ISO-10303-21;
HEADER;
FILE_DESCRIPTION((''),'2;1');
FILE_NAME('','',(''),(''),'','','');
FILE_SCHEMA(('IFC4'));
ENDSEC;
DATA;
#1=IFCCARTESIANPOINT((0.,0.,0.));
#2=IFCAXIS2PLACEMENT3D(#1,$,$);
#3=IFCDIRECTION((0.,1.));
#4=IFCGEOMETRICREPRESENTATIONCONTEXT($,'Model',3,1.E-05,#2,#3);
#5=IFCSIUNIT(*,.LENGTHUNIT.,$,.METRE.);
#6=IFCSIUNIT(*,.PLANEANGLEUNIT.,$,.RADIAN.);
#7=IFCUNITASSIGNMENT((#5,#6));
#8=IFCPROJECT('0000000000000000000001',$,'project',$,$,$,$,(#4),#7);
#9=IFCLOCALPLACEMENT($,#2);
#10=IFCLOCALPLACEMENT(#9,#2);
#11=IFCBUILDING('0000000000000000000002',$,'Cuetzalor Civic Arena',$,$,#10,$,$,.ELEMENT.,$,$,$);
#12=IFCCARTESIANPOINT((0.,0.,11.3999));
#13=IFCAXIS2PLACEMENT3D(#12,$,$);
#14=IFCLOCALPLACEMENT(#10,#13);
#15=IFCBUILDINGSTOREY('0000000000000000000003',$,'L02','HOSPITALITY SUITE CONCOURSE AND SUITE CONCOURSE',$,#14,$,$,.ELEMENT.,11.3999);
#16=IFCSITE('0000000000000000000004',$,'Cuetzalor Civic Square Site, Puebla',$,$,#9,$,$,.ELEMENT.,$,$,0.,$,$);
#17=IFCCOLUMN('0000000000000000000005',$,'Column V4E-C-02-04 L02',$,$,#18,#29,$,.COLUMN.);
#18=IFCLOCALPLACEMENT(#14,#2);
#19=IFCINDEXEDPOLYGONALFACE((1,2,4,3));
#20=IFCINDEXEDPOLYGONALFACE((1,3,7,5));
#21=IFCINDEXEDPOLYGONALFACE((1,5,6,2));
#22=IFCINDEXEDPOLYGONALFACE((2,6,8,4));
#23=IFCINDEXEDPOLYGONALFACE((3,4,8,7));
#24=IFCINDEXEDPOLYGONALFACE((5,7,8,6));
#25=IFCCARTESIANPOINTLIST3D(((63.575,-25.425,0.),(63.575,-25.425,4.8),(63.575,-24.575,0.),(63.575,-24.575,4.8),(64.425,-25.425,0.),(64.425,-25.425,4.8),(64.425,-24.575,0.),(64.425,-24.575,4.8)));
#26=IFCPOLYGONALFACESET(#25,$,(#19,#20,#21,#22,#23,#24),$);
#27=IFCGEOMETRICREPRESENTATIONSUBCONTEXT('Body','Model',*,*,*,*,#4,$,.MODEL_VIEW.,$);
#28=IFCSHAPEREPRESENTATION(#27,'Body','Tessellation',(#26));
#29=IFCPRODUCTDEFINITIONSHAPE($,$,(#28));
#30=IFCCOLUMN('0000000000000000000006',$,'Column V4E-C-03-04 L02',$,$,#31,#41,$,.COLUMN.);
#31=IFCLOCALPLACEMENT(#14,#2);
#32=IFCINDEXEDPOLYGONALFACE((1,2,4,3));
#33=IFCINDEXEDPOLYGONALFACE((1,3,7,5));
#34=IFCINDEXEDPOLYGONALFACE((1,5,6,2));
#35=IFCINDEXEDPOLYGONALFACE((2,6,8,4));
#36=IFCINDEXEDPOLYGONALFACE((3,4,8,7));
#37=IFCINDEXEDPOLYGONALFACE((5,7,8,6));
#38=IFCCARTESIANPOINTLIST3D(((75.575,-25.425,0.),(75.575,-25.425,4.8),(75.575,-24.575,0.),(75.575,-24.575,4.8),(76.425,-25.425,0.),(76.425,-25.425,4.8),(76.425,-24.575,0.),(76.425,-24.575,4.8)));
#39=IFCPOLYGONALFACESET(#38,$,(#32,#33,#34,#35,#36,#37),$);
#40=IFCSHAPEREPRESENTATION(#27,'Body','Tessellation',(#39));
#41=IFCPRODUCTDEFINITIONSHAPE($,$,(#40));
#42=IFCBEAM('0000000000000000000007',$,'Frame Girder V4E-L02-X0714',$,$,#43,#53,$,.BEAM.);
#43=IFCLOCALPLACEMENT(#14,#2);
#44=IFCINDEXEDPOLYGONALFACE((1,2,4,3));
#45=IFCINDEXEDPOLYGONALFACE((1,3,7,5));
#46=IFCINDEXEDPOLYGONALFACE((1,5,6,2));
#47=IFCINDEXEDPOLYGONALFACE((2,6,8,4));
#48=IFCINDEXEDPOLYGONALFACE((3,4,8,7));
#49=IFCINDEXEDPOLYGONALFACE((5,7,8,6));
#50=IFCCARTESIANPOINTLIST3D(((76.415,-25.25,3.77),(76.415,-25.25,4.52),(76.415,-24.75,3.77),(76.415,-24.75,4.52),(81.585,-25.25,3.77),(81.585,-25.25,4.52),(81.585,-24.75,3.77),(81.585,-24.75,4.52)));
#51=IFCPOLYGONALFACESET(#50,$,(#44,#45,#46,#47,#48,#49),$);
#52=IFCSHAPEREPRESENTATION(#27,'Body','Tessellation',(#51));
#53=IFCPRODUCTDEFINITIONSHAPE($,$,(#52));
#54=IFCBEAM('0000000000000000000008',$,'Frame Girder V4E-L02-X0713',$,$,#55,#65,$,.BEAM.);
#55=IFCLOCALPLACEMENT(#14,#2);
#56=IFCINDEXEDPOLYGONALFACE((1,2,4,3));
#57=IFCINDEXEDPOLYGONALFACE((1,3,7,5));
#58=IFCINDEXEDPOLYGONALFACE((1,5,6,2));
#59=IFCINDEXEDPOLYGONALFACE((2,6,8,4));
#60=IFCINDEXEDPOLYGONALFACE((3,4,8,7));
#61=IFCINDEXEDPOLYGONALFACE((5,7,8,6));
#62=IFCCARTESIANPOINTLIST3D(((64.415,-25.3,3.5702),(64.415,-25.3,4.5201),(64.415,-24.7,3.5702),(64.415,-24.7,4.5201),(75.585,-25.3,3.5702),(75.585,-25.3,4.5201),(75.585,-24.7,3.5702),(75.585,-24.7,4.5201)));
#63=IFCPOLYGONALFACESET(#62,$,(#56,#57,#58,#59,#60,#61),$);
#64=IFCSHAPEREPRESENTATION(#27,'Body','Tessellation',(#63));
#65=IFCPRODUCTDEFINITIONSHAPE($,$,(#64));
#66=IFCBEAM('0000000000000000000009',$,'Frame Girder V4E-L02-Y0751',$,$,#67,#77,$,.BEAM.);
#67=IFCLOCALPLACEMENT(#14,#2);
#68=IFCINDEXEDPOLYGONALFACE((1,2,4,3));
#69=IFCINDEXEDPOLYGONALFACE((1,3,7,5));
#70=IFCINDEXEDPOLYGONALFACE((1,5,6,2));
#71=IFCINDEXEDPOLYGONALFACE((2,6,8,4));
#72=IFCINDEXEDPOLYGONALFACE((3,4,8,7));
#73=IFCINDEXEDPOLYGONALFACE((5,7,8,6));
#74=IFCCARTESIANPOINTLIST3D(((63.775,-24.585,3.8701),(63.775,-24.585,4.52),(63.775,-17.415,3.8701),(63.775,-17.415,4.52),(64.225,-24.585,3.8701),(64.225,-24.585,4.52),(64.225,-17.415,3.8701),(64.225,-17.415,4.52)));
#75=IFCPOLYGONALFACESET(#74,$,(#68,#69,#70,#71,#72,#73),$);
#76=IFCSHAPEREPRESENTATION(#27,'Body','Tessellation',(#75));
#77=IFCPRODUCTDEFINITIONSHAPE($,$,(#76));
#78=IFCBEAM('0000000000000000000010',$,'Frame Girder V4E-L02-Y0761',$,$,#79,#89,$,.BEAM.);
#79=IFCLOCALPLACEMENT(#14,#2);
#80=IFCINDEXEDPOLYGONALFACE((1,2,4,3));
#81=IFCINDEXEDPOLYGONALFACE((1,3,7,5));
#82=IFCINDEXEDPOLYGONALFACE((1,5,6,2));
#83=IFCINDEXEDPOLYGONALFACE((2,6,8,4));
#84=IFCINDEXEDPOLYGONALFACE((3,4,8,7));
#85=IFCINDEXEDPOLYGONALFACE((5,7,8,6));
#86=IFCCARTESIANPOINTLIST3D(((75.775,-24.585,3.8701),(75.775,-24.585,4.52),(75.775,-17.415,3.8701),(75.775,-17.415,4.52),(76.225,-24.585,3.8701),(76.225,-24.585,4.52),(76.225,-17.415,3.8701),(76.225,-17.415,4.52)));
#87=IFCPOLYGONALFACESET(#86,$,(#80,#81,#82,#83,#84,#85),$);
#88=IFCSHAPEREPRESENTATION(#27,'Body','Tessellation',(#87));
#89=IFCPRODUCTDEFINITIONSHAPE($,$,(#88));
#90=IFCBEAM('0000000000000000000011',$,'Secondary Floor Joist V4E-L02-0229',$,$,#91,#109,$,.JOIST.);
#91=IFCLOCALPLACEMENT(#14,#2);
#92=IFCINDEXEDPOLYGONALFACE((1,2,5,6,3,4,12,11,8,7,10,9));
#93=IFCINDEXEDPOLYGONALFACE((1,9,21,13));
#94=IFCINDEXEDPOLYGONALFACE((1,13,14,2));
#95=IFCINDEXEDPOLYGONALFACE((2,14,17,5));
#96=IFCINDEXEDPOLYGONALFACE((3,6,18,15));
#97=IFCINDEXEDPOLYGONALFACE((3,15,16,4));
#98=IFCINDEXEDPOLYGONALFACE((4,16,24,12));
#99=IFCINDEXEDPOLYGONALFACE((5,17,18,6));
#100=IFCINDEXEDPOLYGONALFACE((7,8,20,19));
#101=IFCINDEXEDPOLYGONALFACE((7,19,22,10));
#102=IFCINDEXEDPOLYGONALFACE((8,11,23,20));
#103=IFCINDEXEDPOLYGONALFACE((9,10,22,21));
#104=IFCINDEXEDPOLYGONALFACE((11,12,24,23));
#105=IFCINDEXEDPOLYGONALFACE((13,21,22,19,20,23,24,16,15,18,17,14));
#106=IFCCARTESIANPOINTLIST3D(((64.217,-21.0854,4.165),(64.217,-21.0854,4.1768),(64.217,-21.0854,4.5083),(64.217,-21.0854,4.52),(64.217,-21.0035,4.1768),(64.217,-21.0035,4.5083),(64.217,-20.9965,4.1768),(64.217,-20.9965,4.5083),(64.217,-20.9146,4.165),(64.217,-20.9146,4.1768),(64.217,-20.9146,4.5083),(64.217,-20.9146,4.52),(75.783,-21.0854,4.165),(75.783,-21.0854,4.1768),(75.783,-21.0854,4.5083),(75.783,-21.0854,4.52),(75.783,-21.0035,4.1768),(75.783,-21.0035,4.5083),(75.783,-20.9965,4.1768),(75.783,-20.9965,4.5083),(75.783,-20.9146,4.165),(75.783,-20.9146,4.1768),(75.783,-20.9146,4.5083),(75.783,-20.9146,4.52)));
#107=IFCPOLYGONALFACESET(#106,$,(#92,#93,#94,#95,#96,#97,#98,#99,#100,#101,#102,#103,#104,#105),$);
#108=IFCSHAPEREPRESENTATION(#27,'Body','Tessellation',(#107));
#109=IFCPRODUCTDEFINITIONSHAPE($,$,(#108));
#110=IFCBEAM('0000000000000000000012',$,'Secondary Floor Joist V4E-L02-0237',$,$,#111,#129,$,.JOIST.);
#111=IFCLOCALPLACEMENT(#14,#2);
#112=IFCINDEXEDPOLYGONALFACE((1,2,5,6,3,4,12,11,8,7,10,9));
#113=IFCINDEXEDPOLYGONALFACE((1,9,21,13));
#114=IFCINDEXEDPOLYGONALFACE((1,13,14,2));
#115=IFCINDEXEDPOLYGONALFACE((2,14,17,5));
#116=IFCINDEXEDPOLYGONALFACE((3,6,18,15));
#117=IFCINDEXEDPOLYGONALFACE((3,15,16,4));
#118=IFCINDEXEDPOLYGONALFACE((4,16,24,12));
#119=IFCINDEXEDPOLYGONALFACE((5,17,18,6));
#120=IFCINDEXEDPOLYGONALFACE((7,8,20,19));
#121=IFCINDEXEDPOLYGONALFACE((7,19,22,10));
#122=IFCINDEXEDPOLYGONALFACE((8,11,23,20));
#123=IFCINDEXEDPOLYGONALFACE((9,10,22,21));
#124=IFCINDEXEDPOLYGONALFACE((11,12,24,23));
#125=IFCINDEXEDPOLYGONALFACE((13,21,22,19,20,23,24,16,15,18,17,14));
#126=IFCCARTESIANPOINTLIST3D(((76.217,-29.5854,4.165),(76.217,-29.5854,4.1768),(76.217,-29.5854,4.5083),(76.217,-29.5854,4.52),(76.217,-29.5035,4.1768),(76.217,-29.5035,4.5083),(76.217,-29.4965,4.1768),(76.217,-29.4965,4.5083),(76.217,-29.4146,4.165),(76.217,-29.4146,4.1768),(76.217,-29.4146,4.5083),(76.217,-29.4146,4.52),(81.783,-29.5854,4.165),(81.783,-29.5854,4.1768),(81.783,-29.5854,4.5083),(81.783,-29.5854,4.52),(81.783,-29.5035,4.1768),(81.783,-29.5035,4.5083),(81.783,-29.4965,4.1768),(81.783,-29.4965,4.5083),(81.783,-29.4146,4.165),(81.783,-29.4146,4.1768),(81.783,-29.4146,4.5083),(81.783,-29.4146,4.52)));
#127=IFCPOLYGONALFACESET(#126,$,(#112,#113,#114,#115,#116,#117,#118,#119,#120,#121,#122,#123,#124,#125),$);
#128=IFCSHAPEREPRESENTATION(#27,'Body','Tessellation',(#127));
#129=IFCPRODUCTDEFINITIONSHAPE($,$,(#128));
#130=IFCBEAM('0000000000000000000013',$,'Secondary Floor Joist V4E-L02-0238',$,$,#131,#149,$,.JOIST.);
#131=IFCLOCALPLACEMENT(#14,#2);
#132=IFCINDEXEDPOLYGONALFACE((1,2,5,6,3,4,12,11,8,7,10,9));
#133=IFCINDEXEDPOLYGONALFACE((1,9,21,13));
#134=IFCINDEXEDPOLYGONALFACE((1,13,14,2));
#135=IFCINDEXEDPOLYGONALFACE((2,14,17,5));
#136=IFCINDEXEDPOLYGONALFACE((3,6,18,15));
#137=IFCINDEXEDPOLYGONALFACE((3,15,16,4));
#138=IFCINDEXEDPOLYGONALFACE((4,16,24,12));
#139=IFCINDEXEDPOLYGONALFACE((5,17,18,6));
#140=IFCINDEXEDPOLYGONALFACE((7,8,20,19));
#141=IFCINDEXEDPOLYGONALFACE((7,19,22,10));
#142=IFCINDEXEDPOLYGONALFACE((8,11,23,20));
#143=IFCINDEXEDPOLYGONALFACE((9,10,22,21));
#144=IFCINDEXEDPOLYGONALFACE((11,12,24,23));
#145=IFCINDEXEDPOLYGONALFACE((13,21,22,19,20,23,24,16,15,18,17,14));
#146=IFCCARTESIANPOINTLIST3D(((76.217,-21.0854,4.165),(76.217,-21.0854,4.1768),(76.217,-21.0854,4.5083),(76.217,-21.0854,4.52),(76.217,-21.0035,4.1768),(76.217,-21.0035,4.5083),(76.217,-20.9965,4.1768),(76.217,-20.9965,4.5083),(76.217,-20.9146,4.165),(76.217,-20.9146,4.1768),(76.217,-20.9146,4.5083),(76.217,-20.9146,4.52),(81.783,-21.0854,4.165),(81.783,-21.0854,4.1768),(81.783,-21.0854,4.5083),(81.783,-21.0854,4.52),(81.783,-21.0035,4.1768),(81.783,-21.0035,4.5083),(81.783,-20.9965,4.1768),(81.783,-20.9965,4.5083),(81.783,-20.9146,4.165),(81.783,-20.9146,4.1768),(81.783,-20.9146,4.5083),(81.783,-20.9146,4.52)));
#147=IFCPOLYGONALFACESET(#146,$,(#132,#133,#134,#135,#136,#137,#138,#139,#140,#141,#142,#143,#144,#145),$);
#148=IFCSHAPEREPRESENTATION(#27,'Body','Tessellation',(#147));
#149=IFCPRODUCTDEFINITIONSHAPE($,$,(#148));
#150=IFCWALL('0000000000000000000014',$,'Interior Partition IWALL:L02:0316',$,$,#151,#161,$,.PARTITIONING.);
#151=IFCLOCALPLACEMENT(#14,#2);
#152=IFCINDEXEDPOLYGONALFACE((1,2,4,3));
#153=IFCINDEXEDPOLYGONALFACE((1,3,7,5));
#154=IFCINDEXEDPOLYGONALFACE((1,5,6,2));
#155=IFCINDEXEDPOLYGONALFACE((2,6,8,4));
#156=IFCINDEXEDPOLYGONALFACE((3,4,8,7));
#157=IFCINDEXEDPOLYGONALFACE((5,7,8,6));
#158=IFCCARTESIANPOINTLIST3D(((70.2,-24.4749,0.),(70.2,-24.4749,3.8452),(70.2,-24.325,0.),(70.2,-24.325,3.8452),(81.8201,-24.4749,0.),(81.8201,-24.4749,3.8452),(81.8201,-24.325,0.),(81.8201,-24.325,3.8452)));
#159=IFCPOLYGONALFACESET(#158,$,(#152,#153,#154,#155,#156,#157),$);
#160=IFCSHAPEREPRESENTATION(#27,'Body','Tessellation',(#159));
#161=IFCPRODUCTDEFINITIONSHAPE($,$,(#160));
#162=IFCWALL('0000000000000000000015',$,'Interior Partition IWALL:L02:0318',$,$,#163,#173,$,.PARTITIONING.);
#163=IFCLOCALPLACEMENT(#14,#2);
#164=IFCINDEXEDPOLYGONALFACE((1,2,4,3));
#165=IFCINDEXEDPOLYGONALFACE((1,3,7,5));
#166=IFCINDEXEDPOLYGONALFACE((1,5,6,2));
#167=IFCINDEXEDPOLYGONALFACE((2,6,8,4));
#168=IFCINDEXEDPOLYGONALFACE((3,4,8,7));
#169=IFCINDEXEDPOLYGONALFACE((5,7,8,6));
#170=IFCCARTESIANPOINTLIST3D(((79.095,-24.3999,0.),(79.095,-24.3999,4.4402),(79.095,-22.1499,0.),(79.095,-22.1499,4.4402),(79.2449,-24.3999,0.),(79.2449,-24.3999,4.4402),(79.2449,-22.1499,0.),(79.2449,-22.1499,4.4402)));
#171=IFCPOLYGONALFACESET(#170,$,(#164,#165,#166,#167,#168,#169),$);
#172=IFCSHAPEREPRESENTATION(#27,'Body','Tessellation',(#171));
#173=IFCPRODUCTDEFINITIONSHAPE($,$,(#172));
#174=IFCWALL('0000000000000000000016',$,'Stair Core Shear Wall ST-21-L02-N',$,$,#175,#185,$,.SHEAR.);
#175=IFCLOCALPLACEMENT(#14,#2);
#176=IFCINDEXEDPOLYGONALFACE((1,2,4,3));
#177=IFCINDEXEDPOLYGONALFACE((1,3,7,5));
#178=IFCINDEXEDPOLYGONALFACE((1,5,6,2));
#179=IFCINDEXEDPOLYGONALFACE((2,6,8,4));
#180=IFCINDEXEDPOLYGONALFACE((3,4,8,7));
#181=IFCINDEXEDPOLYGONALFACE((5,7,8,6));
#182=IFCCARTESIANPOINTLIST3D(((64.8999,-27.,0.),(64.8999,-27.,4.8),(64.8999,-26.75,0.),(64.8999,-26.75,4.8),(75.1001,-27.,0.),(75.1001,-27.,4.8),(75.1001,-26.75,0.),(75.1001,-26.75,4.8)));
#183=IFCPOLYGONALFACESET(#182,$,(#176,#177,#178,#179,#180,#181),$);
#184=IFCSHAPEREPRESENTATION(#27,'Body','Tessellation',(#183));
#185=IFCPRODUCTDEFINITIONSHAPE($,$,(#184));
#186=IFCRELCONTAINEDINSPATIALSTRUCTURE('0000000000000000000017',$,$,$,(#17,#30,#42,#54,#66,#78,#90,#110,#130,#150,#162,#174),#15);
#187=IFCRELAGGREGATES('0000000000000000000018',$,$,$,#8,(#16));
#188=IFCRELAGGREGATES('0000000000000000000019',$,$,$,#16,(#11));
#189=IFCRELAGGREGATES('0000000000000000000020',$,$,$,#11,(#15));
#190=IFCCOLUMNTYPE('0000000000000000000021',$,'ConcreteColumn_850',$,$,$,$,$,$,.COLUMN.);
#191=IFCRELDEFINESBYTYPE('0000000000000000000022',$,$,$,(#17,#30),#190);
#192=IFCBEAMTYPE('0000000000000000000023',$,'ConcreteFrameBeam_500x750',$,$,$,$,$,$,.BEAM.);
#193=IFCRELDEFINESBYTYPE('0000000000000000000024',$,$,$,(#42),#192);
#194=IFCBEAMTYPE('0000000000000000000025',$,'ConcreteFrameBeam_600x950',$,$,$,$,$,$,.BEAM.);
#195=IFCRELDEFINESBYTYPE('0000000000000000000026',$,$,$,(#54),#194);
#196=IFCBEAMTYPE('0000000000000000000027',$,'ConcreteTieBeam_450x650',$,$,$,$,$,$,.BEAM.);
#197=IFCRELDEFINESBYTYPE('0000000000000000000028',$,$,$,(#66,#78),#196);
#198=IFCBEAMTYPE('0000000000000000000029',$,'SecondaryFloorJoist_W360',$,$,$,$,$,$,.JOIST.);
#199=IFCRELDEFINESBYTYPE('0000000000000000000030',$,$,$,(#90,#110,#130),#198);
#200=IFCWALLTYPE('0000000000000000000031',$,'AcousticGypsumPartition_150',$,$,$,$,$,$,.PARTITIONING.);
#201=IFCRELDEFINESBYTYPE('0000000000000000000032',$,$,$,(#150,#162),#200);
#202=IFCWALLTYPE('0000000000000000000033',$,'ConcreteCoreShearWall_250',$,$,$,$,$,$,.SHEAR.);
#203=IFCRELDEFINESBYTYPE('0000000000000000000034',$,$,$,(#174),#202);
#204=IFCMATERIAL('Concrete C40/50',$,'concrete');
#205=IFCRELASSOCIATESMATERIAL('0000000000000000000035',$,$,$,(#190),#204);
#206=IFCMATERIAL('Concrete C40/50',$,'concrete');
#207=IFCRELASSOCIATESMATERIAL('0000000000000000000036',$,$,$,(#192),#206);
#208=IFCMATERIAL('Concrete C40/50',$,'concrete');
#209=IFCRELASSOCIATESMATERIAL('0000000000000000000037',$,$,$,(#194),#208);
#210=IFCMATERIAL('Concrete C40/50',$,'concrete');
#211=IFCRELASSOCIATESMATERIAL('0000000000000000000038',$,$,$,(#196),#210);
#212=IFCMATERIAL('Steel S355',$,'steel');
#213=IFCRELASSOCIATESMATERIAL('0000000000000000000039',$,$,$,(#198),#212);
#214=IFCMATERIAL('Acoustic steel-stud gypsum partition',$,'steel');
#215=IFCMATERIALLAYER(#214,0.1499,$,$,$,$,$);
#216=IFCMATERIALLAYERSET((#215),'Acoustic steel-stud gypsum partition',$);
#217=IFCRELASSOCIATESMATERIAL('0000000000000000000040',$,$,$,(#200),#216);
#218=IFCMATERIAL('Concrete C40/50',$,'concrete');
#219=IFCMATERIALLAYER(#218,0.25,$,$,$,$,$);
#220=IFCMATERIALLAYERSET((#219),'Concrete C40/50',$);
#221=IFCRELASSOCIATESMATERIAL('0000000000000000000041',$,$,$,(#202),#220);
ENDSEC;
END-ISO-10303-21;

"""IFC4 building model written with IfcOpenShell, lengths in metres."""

from ifc_helpers import new_model, si_unit, direction, frame, frame_2d, origin, origin_2d, place, context, subcontext, project, spatial, rectangle, i_section, extrude, material, layer, layer_set, material_profile, profile_set, type_object, element, save


model = new_model("IFC4")

# Units and contexts
model_context = context("Model", 3, precision=1e-05, world=origin(), true_north=direction((0.0, 1.0)))
body_context = subcontext(model_context, "Body", "Model", "MODEL_VIEW")
ifc_project = project(units=[si_unit("LENGTHUNIT", "METRE"), si_unit("PLANEANGLEUNIT", "RADIAN")], contexts=[model_context])

# Site, building, storey
site_placement = place(None, origin())
site = spatial("IfcSite", under=ifc_project, at=site_placement, Name="Cuetzalor Civic Square Site, Puebla", CompositionType="ELEMENT", RefElevation=0.0)
building_placement = place(site_placement, origin())
building = spatial("IfcBuilding", under=site, at=building_placement, Name="Cuetzalor Civic Arena", CompositionType="ELEMENT")
storey_placement = place(building_placement, frame((0.0, 0.0, 11.3999)))
storey = spatial("IfcBuildingStorey", under=building, at=storey_placement, Name="L02", Description="HOSPITALITY SUITE CONCOURSE AND SUITE CONCOURSE", CompositionType="ELEMENT", Elevation=11.3999)

# Columns
ifc_material_1 = material(Name="Concrete C40/50", Category="concrete")
ifc_material_profile_1 = material_profile(ifc_material_1, rectangle(XDim=0.8501, YDim=0.8501, at=origin_2d()), Name="RC 850x850")
ifc_profile_set_1 = profile_set([ifc_material_profile_1], Name="Concrete C40/50")
column_type = type_object("IfcColumnType", Name="ConcreteColumn_850", PredefinedType="COLUMN", material=ifc_profile_set_1)
for number, where, z_axis, x_axis, name in (
    (1, (64.0, -25.0, 0.0), (0.0, 0.0, 1.0), (1.0, 0.0, 0.0), "Column V4E-C-02-04 L02"),
    (2, (76.0, -25.0, 0.0), (0.0, 0.0, 1.0), (1.0, 0.0, 0.0), "Column V4E-C-03-04 L02"),
):
    element("IfcColumn", number, at=place(storey_placement, frame(where, z_axis=z_axis, x_axis=x_axis)), inside=storey, type_object=column_type, Name=name, PredefinedType="COLUMN", context=body_context, shape_type="SweptSolid", body=[
        extrude(rectangle(XDim=0.8501, YDim=0.8501, at=origin_2d()), origin(), (0.0, 0.0, 1.0), 4.8),
    ])

# Beams
ifc_material_2 = material(Name="Concrete C40/50", Category="concrete")
ifc_material_profile_2 = material_profile(ifc_material_2, rectangle(XDim=0.5, YDim=0.75, at=origin_2d()), Name="RC 500x750")
ifc_profile_set_2 = profile_set([ifc_material_profile_2], Name="Concrete C40/50")
beam_type_1 = type_object("IfcBeamType", Name="ConcreteFrameBeam_500x750", PredefinedType="BEAM", material=ifc_profile_set_2)
beam_1_placement = place(storey_placement, frame((76.415, -25.0, 4.145), z_axis=(1.0, 0.0, 0.0), x_axis=(0.0, 1.0, 0.0)))
element("IfcBeam", 3, at=beam_1_placement, inside=storey, type_object=beam_type_1, Name="Frame Girder V4E-L02-X0714", PredefinedType="BEAM", context=body_context, shape_type="SweptSolid", body=[
    extrude(rectangle(XDim=0.5, YDim=0.75, at=origin_2d()), origin(), (0.0, 0.0, 1.0), 5.1699),
])
ifc_material_3 = material(Name="Concrete C40/50", Category="concrete")
ifc_material_profile_3 = material_profile(ifc_material_3, rectangle(XDim=0.6001, YDim=0.95, at=origin_2d()), Name="RC 600x950")
ifc_profile_set_3 = profile_set([ifc_material_profile_3], Name="Concrete C40/50")
beam_type_2 = type_object("IfcBeamType", Name="ConcreteFrameBeam_600x950", PredefinedType="BEAM", material=ifc_profile_set_3)
beam_2_placement = place(storey_placement, frame((64.415, -25.0, 4.0452), z_axis=(1.0, 0.0, 0.0), x_axis=(0.0, 1.0, 0.0)))
element("IfcBeam", 4, at=beam_2_placement, inside=storey, type_object=beam_type_2, Name="Frame Girder V4E-L02-X0713", PredefinedType="BEAM", context=body_context, shape_type="SweptSolid", body=[
    extrude(rectangle(XDim=0.6001, YDim=0.95, at=origin_2d()), origin(), (0.0, 0.0, 1.0), 11.1699),
])
ifc_material_4 = material(Name="Concrete C40/50", Category="concrete")
ifc_material_profile_4 = material_profile(ifc_material_4, rectangle(XDim=0.45, YDim=0.6499, at=origin_2d()), Name="RC 450x650")
ifc_profile_set_4 = profile_set([ifc_material_profile_4], Name="Concrete C40/50")
beam_type_3 = type_object("IfcBeamType", Name="ConcreteTieBeam_450x650", PredefinedType="BEAM", material=ifc_profile_set_4)
for number, where, z_axis, x_axis, name in (
    (5, (64.0, -24.585, 4.1951), (0.0, 1.0, 0.0), (-1.0, 0.0, 0.0), "Frame Girder V4E-L02-Y0751"),
    (6, (76.0, -24.585, 4.1951), (0.0, 1.0, 0.0), (-1.0, 0.0, 0.0), "Frame Girder V4E-L02-Y0761"),
):
    element("IfcBeam", number, at=place(storey_placement, frame(where, z_axis=z_axis, x_axis=x_axis)), inside=storey, type_object=beam_type_3, Name=name, PredefinedType="BEAM", context=body_context, shape_type="SweptSolid", body=[
        extrude(rectangle(XDim=0.45, YDim=0.6499, at=origin_2d()), origin(), (0.0, 0.0, 1.0), 7.1699),
    ])
ifc_material_5 = material(Name="Steel S355", Category="steel")
ifc_material_profile_5 = material_profile(ifc_material_5, i_section(OverallWidth=0.1709, OverallDepth=0.355, WebThickness=0.0071, FlangeThickness=0.0117, at=origin_2d()), Name="W360x51")
ifc_profile_set_5 = profile_set([ifc_material_profile_5], Name="Steel S355")
beam_type_4 = type_object("IfcBeamType", Name="SecondaryFloorJoist_W360", PredefinedType="JOIST", material=ifc_profile_set_5)
beam_3_placement = place(storey_placement, frame((64.217, -21.0, 4.3425), z_axis=(1.0, 0.0, 0.0), x_axis=(0.0, 1.0, 0.0)))
element("IfcBeam", 7, at=beam_3_placement, inside=storey, type_object=beam_type_4, Name="Secondary Floor Joist V4E-L02-0229", PredefinedType="JOIST", context=body_context, shape_type="SweptSolid", body=[
    extrude(i_section(OverallWidth=0.1709, OverallDepth=0.355, WebThickness=0.0071, FlangeThickness=0.0117, at=origin_2d()), origin(), (0.0, 0.0, 1.0), 11.5659),
])
for number, where, z_axis, x_axis, name in (
    (8, (76.217, -29.5, 4.3425), (1.0, 0.0, 0.0), (0.0, 1.0, 0.0), "Secondary Floor Joist V4E-L02-0237"),
    (9, (76.217, -21.0, 4.3425), (1.0, 0.0, 0.0), (0.0, 1.0, 0.0), "Secondary Floor Joist V4E-L02-0238"),
):
    element("IfcBeam", number, at=place(storey_placement, frame(where, z_axis=z_axis, x_axis=x_axis)), inside=storey, type_object=beam_type_4, Name=name, PredefinedType="JOIST", context=body_context, shape_type="SweptSolid", body=[
        extrude(i_section(OverallWidth=0.1709, OverallDepth=0.355, WebThickness=0.0071, FlangeThickness=0.0117, at=origin_2d()), origin(), (0.0, 0.0, 1.0), 5.5659),
    ])

# Wall
ifc_material_6 = material(Name="Acoustic steel-stud gypsum partition", Category="steel")
ifc_layer_1 = layer(ifc_material_6, 0.1499)
ifc_layer_set_1 = layer_set([ifc_layer_1], Name="Acoustic steel-stud gypsum partition")
wall_type_1 = type_object("IfcWallType", Name="AcousticGypsumPartition_150", PredefinedType="PARTITIONING", material=ifc_layer_set_1)
wall_1_placement = place(storey_placement, frame((70.2, -24.3999, 0.0), z_axis=(0.0, 0.0, 1.0), x_axis=(1.0, 0.0, 0.0)))
element("IfcWall", 10, at=wall_1_placement, inside=storey, type_object=wall_type_1, Name="Interior Partition IWALL:L02:0316", PredefinedType="PARTITIONING", context=body_context, shape_type="SweptSolid", body=[
    extrude(rectangle(XDim=11.6201, YDim=0.1499, at=frame_2d((5.8101, 0.0))), origin(), (0.0, 0.0, 1.0), 3.8452),
])

# Walls
wall_2_placement = place(storey_placement, frame((79.1699, -24.3999, 0.0), z_axis=(0.0, 0.0, 1.0), x_axis=(0.0, 1.0, 0.0)))
element("IfcWall", 11, at=wall_2_placement, inside=storey, type_object=wall_type_1, Name="Interior Partition IWALL:L02:0318", PredefinedType="PARTITIONING", context=body_context, shape_type="SweptSolid", body=[
    extrude(rectangle(XDim=2.25, YDim=0.1499, at=frame_2d((1.125, 0.0))), origin(), (0.0, 0.0, 1.0), 4.4402),
])
ifc_material_7 = material(Name="Concrete C40/50", Category="concrete")
ifc_layer_2 = layer(ifc_material_7, 0.25)
ifc_layer_set_2 = layer_set([ifc_layer_2], Name="Concrete C40/50")
wall_type_2 = type_object("IfcWallType", Name="ConcreteCoreShearWall_250", PredefinedType="SHEAR", material=ifc_layer_set_2)
wall_3_placement = place(storey_placement, frame((64.8999, -26.875, 0.0), z_axis=(0.0, 0.0, 1.0), x_axis=(1.0, 0.0, 0.0)))
element("IfcWall", 12, at=wall_3_placement, inside=storey, type_object=wall_type_2, Name="Stair Core Shear Wall ST-21-L02-N", PredefinedType="SHEAR", context=body_context, shape_type="SweptSolid", body=[
    extrude(rectangle(XDim=10.2002, YDim=0.25, at=frame_2d((5.1001, 0.0))), origin(), (0.0, 0.0, 1.0), 4.8),
])

save(model, "model.ifc")
